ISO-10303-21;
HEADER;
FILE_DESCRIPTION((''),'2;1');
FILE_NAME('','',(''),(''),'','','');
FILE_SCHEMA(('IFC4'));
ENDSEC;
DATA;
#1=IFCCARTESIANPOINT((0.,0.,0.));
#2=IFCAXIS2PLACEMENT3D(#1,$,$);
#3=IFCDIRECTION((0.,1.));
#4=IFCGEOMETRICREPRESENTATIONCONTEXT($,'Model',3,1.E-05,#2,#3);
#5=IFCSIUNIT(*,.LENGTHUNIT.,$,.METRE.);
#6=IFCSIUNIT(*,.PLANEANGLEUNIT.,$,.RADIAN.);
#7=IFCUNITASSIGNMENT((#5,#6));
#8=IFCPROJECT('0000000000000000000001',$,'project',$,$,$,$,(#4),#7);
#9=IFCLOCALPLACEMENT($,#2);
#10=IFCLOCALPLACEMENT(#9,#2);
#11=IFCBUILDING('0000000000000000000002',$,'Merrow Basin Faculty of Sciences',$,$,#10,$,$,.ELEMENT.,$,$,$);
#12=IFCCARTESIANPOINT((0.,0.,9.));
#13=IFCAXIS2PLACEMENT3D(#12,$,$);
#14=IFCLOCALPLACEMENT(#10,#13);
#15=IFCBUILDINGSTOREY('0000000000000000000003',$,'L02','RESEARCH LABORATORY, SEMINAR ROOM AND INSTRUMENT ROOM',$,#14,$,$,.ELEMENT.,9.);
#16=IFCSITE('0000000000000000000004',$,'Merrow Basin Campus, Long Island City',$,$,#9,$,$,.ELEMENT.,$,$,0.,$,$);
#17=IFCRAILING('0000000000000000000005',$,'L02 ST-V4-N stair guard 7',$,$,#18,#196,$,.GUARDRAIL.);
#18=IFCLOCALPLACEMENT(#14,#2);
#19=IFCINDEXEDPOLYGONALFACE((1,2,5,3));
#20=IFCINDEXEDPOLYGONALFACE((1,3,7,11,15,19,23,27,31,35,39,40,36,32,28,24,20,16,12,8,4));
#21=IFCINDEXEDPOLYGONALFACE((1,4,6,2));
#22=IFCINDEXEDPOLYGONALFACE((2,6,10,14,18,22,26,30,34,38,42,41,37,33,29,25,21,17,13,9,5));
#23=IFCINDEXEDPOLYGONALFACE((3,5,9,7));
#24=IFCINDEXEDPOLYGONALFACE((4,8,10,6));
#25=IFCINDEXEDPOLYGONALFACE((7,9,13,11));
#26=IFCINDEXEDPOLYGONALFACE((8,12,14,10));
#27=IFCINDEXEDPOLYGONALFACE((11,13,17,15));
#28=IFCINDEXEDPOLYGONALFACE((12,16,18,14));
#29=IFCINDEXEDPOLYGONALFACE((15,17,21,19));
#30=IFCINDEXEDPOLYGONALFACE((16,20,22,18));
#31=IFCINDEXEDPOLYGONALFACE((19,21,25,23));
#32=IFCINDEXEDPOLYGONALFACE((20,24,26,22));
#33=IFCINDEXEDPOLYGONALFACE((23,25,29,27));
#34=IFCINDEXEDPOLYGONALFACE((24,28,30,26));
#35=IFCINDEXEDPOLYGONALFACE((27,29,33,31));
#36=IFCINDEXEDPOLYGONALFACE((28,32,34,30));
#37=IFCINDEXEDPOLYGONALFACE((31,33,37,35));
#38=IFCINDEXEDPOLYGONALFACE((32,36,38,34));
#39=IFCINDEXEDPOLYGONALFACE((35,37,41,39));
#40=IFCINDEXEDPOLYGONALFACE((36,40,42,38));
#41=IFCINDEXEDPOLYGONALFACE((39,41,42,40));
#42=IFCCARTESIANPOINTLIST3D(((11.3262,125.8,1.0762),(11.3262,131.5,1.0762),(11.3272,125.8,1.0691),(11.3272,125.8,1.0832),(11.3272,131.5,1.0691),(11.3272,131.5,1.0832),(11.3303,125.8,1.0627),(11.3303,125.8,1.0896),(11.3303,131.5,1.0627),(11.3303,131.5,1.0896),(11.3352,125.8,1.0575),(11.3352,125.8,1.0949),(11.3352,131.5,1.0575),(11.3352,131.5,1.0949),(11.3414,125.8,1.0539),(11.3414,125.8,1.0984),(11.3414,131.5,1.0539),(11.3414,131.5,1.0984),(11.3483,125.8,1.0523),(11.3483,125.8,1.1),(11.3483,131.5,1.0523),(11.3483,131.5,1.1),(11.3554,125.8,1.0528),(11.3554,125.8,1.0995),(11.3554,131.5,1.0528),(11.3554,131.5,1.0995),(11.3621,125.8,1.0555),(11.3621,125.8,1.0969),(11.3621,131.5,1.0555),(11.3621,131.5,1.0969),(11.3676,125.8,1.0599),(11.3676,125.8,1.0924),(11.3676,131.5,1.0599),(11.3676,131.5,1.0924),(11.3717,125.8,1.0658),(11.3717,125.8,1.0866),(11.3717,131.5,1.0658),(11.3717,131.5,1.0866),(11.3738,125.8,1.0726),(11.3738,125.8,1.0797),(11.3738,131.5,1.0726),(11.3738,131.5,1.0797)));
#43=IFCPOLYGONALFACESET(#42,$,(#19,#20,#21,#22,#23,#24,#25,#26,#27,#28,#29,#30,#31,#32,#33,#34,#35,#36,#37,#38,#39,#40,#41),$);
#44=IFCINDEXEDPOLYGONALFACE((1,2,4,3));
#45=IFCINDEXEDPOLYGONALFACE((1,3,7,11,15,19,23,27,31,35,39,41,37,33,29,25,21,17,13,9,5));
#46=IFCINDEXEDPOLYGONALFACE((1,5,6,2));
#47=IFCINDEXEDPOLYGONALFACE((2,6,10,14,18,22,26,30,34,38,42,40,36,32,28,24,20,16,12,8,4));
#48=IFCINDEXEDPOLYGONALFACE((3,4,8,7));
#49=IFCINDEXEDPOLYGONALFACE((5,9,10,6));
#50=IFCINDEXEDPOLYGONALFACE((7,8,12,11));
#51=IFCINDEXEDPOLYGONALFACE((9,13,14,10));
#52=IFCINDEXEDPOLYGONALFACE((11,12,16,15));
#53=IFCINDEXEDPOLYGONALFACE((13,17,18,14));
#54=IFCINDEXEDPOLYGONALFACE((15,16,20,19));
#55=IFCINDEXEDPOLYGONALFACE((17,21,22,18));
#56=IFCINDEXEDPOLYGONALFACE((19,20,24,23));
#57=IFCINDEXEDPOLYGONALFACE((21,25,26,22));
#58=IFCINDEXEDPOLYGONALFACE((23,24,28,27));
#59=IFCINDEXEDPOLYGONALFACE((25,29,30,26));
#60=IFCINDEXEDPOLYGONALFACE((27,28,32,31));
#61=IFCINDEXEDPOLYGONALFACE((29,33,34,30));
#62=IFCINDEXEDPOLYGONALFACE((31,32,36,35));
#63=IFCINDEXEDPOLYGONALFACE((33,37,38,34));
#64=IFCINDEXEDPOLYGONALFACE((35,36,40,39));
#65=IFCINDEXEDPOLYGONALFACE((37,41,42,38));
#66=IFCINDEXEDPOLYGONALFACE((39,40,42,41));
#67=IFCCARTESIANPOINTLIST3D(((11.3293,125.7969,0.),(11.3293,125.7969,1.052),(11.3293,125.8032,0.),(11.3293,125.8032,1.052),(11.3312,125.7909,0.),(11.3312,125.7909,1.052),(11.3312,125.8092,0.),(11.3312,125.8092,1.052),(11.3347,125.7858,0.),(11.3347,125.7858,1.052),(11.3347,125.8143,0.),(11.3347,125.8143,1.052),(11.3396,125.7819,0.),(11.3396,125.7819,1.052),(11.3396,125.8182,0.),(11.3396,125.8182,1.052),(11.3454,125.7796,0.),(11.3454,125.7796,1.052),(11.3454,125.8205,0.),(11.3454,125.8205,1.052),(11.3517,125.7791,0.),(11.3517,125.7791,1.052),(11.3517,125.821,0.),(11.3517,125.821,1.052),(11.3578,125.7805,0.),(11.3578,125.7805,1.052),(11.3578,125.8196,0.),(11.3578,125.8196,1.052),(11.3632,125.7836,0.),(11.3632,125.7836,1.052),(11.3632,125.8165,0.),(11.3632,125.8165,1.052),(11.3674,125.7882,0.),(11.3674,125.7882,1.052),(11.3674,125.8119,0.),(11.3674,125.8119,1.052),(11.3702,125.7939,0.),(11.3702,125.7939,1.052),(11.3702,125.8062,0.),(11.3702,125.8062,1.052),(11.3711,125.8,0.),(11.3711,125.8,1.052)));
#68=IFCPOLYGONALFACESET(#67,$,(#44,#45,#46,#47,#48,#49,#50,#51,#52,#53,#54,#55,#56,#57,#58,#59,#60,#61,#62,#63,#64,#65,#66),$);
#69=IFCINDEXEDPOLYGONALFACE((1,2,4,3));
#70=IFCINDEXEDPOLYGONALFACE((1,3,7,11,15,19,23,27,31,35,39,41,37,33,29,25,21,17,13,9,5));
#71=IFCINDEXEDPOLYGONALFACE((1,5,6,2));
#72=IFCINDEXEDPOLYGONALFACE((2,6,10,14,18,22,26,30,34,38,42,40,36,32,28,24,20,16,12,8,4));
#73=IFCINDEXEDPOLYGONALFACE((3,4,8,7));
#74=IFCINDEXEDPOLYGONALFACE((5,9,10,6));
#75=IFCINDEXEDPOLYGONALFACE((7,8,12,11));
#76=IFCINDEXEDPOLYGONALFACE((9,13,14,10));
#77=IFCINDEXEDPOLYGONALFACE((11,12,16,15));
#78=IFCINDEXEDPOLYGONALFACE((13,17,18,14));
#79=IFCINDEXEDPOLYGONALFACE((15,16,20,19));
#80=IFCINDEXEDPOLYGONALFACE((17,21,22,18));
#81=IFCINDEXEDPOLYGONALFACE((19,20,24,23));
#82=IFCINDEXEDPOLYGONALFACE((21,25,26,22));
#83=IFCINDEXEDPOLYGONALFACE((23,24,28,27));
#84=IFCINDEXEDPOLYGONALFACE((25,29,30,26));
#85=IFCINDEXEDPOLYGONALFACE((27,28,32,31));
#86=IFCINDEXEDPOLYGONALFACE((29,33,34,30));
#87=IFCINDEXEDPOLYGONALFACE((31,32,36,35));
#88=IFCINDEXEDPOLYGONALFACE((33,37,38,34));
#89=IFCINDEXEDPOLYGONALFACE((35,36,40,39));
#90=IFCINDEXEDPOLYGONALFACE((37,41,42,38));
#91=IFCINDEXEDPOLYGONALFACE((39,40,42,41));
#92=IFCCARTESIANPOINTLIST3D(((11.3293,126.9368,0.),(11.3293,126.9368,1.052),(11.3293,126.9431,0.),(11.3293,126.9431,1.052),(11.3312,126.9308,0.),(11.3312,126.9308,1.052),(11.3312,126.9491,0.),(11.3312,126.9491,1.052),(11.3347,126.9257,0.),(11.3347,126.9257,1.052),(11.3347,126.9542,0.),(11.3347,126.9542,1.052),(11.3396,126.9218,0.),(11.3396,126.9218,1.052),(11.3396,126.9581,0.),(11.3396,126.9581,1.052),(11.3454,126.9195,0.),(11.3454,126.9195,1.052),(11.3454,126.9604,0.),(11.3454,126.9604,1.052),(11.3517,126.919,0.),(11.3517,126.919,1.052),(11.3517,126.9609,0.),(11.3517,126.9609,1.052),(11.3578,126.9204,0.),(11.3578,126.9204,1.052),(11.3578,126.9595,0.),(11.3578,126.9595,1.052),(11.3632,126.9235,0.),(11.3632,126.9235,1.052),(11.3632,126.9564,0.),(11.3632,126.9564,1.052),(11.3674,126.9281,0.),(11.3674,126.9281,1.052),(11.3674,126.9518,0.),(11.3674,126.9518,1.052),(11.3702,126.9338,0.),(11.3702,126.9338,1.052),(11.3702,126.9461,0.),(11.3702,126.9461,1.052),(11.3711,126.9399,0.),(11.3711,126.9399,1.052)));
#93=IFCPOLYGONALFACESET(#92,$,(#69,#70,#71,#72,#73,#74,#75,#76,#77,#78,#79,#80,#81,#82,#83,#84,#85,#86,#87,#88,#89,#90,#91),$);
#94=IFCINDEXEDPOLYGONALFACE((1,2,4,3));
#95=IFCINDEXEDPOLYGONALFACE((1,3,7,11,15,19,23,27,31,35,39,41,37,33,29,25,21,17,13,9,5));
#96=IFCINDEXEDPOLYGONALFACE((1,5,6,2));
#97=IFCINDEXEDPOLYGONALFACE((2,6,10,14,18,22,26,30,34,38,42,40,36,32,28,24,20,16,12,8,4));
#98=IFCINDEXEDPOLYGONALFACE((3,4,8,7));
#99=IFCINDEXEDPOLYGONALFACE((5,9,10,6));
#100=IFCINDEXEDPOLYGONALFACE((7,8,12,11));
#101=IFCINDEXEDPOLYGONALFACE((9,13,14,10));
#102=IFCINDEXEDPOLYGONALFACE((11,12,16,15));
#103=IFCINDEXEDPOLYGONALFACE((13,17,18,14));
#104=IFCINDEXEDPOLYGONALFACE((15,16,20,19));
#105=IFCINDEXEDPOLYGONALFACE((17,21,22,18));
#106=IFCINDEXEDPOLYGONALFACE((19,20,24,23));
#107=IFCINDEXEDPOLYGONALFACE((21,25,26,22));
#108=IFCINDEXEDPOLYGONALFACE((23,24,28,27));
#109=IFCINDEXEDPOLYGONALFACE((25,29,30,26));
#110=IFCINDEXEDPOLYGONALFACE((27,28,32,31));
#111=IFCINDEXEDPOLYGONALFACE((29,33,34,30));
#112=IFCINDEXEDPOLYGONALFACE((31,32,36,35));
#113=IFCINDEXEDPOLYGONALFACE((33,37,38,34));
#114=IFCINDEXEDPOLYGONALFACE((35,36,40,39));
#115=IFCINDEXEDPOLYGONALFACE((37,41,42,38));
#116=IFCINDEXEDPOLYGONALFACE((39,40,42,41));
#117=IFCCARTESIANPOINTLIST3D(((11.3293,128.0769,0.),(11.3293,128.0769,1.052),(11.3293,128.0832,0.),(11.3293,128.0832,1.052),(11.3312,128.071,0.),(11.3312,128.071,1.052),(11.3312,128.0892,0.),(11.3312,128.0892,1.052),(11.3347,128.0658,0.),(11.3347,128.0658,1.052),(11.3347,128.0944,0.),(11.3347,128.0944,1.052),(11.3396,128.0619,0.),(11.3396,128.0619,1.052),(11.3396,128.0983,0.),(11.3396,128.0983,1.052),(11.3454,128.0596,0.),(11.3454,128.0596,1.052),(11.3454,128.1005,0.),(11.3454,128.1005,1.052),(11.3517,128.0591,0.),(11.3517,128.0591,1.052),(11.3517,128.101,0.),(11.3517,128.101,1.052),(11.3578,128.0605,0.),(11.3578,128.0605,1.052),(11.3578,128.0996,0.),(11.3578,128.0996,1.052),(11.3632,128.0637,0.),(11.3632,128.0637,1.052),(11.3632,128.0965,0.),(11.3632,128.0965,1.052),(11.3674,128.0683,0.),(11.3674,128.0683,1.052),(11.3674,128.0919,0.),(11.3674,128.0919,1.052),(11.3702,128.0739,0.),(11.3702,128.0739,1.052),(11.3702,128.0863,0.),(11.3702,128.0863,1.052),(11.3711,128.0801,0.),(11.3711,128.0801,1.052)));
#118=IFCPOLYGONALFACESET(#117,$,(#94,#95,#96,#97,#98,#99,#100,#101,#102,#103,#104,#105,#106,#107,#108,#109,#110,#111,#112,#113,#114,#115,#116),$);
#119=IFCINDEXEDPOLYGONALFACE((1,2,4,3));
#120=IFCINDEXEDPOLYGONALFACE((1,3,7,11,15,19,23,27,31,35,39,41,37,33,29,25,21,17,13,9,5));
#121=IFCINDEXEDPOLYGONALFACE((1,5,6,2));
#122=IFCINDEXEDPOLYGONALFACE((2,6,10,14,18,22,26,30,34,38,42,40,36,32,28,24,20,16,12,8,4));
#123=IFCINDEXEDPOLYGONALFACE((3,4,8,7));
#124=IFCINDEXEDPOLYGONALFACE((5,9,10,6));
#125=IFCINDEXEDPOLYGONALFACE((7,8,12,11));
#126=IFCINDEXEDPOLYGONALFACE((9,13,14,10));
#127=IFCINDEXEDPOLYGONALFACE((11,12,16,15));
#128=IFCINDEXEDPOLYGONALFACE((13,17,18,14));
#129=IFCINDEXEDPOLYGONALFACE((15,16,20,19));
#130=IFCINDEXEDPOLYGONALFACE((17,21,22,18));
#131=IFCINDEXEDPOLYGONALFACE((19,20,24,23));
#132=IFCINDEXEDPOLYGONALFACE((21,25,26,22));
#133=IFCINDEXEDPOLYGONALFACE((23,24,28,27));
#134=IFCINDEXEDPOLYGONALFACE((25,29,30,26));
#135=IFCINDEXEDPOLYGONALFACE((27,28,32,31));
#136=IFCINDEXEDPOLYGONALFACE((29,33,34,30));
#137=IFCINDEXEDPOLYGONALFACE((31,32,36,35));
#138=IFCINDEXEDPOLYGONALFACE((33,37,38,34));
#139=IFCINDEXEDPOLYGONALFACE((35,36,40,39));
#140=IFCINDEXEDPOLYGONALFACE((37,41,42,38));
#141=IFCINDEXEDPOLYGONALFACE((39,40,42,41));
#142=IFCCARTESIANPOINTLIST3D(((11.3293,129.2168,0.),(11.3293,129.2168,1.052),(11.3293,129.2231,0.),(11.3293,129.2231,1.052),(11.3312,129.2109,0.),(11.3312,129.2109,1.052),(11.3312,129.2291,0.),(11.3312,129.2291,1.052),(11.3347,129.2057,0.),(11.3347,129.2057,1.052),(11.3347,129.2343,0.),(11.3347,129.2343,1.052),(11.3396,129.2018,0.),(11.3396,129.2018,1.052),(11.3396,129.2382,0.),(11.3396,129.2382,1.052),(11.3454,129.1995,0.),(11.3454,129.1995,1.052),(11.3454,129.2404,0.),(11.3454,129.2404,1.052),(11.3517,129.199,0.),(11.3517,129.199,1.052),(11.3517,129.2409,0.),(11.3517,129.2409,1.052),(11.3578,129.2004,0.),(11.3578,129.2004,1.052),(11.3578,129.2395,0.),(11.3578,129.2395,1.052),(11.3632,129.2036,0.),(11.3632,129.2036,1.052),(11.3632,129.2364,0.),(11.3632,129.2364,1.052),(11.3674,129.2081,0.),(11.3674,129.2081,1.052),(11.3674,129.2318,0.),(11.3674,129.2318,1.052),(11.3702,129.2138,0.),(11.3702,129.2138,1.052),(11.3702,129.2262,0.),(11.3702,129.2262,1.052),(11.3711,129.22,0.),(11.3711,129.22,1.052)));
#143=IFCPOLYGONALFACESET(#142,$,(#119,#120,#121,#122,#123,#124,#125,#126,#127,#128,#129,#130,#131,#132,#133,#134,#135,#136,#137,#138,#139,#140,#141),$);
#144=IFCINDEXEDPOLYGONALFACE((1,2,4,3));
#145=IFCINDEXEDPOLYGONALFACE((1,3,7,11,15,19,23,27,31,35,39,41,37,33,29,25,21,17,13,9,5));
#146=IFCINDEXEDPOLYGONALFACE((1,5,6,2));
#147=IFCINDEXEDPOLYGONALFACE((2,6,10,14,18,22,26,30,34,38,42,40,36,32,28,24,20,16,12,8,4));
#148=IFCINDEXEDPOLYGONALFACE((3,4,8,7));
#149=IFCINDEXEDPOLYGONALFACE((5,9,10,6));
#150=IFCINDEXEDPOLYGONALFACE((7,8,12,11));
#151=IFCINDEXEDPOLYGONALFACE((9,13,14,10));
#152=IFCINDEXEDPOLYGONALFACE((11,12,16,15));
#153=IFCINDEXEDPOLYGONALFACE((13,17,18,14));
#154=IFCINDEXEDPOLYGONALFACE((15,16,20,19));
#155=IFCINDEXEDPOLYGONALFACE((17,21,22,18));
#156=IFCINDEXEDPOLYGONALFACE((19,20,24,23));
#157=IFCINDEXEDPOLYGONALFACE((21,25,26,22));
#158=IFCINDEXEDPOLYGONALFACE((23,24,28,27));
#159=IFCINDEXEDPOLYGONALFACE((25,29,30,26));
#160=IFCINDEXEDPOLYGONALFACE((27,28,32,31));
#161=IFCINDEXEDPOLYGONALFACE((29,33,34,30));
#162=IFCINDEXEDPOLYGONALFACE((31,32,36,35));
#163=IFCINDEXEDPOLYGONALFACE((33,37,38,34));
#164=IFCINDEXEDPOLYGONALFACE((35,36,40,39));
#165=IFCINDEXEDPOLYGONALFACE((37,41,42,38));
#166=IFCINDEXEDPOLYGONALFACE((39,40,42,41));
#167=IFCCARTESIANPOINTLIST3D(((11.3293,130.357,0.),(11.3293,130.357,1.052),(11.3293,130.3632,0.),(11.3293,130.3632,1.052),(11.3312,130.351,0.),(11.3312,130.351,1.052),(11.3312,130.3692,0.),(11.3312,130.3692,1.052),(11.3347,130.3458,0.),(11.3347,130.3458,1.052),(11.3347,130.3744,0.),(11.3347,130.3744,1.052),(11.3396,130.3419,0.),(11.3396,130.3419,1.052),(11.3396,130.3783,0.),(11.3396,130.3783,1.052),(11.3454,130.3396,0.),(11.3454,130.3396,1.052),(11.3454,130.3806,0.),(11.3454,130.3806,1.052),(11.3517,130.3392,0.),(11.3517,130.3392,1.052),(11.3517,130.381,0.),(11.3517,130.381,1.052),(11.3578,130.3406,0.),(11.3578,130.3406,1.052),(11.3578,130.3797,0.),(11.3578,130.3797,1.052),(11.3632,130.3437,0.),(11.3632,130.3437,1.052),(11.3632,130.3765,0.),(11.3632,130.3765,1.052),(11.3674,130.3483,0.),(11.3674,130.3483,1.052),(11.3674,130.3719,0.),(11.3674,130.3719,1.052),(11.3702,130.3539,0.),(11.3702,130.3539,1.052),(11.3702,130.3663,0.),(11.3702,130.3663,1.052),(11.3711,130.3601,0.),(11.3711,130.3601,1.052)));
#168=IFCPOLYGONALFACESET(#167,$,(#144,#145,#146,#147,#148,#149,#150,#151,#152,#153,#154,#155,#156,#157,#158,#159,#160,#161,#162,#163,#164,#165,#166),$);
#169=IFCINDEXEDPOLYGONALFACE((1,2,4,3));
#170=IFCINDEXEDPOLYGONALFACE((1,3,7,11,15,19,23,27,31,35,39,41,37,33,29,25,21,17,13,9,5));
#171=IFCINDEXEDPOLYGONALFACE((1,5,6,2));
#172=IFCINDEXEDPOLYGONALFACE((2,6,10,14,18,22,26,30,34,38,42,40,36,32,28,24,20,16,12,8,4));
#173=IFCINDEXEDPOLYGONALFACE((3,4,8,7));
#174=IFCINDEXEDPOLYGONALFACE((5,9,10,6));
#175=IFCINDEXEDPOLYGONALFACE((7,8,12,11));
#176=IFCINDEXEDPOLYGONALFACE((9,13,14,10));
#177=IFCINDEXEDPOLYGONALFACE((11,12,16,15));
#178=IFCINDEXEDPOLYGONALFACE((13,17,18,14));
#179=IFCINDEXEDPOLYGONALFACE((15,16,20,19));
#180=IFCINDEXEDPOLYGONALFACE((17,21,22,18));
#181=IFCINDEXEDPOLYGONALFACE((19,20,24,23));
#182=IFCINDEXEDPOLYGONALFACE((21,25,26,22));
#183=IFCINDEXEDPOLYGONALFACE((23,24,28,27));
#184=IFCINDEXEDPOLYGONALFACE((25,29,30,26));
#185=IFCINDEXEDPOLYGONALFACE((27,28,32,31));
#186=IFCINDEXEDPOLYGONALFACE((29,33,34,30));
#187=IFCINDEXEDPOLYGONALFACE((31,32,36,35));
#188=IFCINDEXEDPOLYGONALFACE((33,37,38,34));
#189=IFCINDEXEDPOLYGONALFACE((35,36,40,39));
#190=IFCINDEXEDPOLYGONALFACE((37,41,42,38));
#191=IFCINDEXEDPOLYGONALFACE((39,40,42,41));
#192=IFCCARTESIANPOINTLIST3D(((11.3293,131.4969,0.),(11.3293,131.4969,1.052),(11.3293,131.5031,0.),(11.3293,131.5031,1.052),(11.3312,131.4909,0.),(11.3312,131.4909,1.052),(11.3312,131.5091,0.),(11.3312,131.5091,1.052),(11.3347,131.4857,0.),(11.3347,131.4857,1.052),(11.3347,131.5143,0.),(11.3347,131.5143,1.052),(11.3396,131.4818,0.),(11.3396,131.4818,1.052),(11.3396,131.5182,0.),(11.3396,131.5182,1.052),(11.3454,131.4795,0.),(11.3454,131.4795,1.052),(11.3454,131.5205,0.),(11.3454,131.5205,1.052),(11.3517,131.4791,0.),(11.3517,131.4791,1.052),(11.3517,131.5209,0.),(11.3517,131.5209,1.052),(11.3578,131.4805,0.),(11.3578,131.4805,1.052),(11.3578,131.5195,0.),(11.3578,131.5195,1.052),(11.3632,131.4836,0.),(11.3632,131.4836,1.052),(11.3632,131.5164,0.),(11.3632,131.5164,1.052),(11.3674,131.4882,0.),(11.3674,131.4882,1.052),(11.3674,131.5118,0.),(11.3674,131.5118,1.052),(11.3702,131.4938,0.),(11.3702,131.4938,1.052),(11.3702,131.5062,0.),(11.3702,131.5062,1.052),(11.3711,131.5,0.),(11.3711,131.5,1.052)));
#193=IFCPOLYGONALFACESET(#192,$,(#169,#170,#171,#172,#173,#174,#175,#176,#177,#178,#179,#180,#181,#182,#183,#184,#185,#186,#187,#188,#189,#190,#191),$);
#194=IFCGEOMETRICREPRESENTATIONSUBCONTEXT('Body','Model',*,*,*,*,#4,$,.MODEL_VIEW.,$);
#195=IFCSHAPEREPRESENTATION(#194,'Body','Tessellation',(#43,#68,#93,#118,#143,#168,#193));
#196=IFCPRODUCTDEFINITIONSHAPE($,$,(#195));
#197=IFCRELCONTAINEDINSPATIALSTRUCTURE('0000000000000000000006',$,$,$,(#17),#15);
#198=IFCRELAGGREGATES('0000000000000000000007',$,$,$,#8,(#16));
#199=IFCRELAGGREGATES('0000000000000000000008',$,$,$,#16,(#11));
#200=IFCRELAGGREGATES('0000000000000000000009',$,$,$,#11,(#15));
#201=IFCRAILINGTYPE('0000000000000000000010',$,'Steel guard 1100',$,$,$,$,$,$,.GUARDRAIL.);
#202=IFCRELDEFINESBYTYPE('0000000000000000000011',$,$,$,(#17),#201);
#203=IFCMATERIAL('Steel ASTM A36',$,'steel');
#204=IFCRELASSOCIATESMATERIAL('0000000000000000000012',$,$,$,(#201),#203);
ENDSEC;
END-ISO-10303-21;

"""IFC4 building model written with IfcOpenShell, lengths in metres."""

from ifc_helpers import new_model, si_unit, direction, frame, origin, origin_2d, place, context, subcontext, project, spatial, circle, extrude, material, type_object, element, save


model = new_model("IFC4")

# Units and contexts
model_context = context("Model", 3, precision=1e-05, world=origin(), true_north=direction((0.0, 1.0)))
body_context = subcontext(model_context, "Body", "Model", "MODEL_VIEW")
ifc_project = project(units=[si_unit("LENGTHUNIT", "METRE"), si_unit("PLANEANGLEUNIT", "RADIAN")], contexts=[model_context])

# Site, building, storey
site_placement = place(None, origin())
site = spatial("IfcSite", under=ifc_project, at=site_placement, Name="Merrow Basin Campus, Long Island City", CompositionType="ELEMENT", RefElevation=0.0)
building_placement = place(site_placement, origin())
building = spatial("IfcBuilding", under=site, at=building_placement, Name="Merrow Basin Faculty of Sciences", CompositionType="ELEMENT")
storey_placement = place(building_placement, frame((0.0, 0.0, 9.0)))
storey = spatial("IfcBuildingStorey", under=building, at=storey_placement, Name="L02", Description="RESEARCH LABORATORY, SEMINAR ROOM AND INSTRUMENT ROOM", CompositionType="ELEMENT", Elevation=9.0)

# Railing
ifc_material_1 = material(Name="Steel ASTM A36", Category="steel")
railing_type_1 = type_object("IfcRailingType", Name="Steel guard 1100", PredefinedType="GUARDRAIL", material=ifc_material_1)
railing_1_placement = place(storey_placement, frame((11.3501, 125.8, 0.0)))
element("IfcRailing", 1, at=railing_1_placement, inside=storey, type_object=railing_type_1, Name="L02 ST-V4-N stair guard 7", PredefinedType="GUARDRAIL", context=body_context, shape_type="SweptSolid", body=[
    extrude(circle(Radius=0.0239, at=origin_2d()), frame((0.0, 0.0, 1.0762), z_axis=(0.0, 1.0, 0.0), x_axis=(-1.0, 0.0, 0.0)), (0.0, 0.0, 1.0), 5.7),
    extrude(circle(Radius=0.021, at=origin_2d()), origin(), (0.0, 0.0, 1.0), 1.052),
    extrude(circle(Radius=0.021, at=origin_2d()), frame((0.0, 1.1399, 0.0)), (0.0, 0.0, 1.0), 1.052),
    extrude(circle(Radius=0.021, at=origin_2d()), frame((0.0, 2.28, 0.0)), (0.0, 0.0, 1.0), 1.052),
    extrude(circle(Radius=0.021, at=origin_2d()), frame((0.0, 3.4199, 0.0)), (0.0, 0.0, 1.0), 1.052),
    extrude(circle(Radius=0.021, at=origin_2d()), frame((0.0, 4.5601, 0.0)), (0.0, 0.0, 1.0), 1.052),
    extrude(circle(Radius=0.021, at=origin_2d()), frame((0.0, 5.7, 0.0)), (0.0, 0.0, 1.0), 1.052),
])

save(model, "model.ifc")
